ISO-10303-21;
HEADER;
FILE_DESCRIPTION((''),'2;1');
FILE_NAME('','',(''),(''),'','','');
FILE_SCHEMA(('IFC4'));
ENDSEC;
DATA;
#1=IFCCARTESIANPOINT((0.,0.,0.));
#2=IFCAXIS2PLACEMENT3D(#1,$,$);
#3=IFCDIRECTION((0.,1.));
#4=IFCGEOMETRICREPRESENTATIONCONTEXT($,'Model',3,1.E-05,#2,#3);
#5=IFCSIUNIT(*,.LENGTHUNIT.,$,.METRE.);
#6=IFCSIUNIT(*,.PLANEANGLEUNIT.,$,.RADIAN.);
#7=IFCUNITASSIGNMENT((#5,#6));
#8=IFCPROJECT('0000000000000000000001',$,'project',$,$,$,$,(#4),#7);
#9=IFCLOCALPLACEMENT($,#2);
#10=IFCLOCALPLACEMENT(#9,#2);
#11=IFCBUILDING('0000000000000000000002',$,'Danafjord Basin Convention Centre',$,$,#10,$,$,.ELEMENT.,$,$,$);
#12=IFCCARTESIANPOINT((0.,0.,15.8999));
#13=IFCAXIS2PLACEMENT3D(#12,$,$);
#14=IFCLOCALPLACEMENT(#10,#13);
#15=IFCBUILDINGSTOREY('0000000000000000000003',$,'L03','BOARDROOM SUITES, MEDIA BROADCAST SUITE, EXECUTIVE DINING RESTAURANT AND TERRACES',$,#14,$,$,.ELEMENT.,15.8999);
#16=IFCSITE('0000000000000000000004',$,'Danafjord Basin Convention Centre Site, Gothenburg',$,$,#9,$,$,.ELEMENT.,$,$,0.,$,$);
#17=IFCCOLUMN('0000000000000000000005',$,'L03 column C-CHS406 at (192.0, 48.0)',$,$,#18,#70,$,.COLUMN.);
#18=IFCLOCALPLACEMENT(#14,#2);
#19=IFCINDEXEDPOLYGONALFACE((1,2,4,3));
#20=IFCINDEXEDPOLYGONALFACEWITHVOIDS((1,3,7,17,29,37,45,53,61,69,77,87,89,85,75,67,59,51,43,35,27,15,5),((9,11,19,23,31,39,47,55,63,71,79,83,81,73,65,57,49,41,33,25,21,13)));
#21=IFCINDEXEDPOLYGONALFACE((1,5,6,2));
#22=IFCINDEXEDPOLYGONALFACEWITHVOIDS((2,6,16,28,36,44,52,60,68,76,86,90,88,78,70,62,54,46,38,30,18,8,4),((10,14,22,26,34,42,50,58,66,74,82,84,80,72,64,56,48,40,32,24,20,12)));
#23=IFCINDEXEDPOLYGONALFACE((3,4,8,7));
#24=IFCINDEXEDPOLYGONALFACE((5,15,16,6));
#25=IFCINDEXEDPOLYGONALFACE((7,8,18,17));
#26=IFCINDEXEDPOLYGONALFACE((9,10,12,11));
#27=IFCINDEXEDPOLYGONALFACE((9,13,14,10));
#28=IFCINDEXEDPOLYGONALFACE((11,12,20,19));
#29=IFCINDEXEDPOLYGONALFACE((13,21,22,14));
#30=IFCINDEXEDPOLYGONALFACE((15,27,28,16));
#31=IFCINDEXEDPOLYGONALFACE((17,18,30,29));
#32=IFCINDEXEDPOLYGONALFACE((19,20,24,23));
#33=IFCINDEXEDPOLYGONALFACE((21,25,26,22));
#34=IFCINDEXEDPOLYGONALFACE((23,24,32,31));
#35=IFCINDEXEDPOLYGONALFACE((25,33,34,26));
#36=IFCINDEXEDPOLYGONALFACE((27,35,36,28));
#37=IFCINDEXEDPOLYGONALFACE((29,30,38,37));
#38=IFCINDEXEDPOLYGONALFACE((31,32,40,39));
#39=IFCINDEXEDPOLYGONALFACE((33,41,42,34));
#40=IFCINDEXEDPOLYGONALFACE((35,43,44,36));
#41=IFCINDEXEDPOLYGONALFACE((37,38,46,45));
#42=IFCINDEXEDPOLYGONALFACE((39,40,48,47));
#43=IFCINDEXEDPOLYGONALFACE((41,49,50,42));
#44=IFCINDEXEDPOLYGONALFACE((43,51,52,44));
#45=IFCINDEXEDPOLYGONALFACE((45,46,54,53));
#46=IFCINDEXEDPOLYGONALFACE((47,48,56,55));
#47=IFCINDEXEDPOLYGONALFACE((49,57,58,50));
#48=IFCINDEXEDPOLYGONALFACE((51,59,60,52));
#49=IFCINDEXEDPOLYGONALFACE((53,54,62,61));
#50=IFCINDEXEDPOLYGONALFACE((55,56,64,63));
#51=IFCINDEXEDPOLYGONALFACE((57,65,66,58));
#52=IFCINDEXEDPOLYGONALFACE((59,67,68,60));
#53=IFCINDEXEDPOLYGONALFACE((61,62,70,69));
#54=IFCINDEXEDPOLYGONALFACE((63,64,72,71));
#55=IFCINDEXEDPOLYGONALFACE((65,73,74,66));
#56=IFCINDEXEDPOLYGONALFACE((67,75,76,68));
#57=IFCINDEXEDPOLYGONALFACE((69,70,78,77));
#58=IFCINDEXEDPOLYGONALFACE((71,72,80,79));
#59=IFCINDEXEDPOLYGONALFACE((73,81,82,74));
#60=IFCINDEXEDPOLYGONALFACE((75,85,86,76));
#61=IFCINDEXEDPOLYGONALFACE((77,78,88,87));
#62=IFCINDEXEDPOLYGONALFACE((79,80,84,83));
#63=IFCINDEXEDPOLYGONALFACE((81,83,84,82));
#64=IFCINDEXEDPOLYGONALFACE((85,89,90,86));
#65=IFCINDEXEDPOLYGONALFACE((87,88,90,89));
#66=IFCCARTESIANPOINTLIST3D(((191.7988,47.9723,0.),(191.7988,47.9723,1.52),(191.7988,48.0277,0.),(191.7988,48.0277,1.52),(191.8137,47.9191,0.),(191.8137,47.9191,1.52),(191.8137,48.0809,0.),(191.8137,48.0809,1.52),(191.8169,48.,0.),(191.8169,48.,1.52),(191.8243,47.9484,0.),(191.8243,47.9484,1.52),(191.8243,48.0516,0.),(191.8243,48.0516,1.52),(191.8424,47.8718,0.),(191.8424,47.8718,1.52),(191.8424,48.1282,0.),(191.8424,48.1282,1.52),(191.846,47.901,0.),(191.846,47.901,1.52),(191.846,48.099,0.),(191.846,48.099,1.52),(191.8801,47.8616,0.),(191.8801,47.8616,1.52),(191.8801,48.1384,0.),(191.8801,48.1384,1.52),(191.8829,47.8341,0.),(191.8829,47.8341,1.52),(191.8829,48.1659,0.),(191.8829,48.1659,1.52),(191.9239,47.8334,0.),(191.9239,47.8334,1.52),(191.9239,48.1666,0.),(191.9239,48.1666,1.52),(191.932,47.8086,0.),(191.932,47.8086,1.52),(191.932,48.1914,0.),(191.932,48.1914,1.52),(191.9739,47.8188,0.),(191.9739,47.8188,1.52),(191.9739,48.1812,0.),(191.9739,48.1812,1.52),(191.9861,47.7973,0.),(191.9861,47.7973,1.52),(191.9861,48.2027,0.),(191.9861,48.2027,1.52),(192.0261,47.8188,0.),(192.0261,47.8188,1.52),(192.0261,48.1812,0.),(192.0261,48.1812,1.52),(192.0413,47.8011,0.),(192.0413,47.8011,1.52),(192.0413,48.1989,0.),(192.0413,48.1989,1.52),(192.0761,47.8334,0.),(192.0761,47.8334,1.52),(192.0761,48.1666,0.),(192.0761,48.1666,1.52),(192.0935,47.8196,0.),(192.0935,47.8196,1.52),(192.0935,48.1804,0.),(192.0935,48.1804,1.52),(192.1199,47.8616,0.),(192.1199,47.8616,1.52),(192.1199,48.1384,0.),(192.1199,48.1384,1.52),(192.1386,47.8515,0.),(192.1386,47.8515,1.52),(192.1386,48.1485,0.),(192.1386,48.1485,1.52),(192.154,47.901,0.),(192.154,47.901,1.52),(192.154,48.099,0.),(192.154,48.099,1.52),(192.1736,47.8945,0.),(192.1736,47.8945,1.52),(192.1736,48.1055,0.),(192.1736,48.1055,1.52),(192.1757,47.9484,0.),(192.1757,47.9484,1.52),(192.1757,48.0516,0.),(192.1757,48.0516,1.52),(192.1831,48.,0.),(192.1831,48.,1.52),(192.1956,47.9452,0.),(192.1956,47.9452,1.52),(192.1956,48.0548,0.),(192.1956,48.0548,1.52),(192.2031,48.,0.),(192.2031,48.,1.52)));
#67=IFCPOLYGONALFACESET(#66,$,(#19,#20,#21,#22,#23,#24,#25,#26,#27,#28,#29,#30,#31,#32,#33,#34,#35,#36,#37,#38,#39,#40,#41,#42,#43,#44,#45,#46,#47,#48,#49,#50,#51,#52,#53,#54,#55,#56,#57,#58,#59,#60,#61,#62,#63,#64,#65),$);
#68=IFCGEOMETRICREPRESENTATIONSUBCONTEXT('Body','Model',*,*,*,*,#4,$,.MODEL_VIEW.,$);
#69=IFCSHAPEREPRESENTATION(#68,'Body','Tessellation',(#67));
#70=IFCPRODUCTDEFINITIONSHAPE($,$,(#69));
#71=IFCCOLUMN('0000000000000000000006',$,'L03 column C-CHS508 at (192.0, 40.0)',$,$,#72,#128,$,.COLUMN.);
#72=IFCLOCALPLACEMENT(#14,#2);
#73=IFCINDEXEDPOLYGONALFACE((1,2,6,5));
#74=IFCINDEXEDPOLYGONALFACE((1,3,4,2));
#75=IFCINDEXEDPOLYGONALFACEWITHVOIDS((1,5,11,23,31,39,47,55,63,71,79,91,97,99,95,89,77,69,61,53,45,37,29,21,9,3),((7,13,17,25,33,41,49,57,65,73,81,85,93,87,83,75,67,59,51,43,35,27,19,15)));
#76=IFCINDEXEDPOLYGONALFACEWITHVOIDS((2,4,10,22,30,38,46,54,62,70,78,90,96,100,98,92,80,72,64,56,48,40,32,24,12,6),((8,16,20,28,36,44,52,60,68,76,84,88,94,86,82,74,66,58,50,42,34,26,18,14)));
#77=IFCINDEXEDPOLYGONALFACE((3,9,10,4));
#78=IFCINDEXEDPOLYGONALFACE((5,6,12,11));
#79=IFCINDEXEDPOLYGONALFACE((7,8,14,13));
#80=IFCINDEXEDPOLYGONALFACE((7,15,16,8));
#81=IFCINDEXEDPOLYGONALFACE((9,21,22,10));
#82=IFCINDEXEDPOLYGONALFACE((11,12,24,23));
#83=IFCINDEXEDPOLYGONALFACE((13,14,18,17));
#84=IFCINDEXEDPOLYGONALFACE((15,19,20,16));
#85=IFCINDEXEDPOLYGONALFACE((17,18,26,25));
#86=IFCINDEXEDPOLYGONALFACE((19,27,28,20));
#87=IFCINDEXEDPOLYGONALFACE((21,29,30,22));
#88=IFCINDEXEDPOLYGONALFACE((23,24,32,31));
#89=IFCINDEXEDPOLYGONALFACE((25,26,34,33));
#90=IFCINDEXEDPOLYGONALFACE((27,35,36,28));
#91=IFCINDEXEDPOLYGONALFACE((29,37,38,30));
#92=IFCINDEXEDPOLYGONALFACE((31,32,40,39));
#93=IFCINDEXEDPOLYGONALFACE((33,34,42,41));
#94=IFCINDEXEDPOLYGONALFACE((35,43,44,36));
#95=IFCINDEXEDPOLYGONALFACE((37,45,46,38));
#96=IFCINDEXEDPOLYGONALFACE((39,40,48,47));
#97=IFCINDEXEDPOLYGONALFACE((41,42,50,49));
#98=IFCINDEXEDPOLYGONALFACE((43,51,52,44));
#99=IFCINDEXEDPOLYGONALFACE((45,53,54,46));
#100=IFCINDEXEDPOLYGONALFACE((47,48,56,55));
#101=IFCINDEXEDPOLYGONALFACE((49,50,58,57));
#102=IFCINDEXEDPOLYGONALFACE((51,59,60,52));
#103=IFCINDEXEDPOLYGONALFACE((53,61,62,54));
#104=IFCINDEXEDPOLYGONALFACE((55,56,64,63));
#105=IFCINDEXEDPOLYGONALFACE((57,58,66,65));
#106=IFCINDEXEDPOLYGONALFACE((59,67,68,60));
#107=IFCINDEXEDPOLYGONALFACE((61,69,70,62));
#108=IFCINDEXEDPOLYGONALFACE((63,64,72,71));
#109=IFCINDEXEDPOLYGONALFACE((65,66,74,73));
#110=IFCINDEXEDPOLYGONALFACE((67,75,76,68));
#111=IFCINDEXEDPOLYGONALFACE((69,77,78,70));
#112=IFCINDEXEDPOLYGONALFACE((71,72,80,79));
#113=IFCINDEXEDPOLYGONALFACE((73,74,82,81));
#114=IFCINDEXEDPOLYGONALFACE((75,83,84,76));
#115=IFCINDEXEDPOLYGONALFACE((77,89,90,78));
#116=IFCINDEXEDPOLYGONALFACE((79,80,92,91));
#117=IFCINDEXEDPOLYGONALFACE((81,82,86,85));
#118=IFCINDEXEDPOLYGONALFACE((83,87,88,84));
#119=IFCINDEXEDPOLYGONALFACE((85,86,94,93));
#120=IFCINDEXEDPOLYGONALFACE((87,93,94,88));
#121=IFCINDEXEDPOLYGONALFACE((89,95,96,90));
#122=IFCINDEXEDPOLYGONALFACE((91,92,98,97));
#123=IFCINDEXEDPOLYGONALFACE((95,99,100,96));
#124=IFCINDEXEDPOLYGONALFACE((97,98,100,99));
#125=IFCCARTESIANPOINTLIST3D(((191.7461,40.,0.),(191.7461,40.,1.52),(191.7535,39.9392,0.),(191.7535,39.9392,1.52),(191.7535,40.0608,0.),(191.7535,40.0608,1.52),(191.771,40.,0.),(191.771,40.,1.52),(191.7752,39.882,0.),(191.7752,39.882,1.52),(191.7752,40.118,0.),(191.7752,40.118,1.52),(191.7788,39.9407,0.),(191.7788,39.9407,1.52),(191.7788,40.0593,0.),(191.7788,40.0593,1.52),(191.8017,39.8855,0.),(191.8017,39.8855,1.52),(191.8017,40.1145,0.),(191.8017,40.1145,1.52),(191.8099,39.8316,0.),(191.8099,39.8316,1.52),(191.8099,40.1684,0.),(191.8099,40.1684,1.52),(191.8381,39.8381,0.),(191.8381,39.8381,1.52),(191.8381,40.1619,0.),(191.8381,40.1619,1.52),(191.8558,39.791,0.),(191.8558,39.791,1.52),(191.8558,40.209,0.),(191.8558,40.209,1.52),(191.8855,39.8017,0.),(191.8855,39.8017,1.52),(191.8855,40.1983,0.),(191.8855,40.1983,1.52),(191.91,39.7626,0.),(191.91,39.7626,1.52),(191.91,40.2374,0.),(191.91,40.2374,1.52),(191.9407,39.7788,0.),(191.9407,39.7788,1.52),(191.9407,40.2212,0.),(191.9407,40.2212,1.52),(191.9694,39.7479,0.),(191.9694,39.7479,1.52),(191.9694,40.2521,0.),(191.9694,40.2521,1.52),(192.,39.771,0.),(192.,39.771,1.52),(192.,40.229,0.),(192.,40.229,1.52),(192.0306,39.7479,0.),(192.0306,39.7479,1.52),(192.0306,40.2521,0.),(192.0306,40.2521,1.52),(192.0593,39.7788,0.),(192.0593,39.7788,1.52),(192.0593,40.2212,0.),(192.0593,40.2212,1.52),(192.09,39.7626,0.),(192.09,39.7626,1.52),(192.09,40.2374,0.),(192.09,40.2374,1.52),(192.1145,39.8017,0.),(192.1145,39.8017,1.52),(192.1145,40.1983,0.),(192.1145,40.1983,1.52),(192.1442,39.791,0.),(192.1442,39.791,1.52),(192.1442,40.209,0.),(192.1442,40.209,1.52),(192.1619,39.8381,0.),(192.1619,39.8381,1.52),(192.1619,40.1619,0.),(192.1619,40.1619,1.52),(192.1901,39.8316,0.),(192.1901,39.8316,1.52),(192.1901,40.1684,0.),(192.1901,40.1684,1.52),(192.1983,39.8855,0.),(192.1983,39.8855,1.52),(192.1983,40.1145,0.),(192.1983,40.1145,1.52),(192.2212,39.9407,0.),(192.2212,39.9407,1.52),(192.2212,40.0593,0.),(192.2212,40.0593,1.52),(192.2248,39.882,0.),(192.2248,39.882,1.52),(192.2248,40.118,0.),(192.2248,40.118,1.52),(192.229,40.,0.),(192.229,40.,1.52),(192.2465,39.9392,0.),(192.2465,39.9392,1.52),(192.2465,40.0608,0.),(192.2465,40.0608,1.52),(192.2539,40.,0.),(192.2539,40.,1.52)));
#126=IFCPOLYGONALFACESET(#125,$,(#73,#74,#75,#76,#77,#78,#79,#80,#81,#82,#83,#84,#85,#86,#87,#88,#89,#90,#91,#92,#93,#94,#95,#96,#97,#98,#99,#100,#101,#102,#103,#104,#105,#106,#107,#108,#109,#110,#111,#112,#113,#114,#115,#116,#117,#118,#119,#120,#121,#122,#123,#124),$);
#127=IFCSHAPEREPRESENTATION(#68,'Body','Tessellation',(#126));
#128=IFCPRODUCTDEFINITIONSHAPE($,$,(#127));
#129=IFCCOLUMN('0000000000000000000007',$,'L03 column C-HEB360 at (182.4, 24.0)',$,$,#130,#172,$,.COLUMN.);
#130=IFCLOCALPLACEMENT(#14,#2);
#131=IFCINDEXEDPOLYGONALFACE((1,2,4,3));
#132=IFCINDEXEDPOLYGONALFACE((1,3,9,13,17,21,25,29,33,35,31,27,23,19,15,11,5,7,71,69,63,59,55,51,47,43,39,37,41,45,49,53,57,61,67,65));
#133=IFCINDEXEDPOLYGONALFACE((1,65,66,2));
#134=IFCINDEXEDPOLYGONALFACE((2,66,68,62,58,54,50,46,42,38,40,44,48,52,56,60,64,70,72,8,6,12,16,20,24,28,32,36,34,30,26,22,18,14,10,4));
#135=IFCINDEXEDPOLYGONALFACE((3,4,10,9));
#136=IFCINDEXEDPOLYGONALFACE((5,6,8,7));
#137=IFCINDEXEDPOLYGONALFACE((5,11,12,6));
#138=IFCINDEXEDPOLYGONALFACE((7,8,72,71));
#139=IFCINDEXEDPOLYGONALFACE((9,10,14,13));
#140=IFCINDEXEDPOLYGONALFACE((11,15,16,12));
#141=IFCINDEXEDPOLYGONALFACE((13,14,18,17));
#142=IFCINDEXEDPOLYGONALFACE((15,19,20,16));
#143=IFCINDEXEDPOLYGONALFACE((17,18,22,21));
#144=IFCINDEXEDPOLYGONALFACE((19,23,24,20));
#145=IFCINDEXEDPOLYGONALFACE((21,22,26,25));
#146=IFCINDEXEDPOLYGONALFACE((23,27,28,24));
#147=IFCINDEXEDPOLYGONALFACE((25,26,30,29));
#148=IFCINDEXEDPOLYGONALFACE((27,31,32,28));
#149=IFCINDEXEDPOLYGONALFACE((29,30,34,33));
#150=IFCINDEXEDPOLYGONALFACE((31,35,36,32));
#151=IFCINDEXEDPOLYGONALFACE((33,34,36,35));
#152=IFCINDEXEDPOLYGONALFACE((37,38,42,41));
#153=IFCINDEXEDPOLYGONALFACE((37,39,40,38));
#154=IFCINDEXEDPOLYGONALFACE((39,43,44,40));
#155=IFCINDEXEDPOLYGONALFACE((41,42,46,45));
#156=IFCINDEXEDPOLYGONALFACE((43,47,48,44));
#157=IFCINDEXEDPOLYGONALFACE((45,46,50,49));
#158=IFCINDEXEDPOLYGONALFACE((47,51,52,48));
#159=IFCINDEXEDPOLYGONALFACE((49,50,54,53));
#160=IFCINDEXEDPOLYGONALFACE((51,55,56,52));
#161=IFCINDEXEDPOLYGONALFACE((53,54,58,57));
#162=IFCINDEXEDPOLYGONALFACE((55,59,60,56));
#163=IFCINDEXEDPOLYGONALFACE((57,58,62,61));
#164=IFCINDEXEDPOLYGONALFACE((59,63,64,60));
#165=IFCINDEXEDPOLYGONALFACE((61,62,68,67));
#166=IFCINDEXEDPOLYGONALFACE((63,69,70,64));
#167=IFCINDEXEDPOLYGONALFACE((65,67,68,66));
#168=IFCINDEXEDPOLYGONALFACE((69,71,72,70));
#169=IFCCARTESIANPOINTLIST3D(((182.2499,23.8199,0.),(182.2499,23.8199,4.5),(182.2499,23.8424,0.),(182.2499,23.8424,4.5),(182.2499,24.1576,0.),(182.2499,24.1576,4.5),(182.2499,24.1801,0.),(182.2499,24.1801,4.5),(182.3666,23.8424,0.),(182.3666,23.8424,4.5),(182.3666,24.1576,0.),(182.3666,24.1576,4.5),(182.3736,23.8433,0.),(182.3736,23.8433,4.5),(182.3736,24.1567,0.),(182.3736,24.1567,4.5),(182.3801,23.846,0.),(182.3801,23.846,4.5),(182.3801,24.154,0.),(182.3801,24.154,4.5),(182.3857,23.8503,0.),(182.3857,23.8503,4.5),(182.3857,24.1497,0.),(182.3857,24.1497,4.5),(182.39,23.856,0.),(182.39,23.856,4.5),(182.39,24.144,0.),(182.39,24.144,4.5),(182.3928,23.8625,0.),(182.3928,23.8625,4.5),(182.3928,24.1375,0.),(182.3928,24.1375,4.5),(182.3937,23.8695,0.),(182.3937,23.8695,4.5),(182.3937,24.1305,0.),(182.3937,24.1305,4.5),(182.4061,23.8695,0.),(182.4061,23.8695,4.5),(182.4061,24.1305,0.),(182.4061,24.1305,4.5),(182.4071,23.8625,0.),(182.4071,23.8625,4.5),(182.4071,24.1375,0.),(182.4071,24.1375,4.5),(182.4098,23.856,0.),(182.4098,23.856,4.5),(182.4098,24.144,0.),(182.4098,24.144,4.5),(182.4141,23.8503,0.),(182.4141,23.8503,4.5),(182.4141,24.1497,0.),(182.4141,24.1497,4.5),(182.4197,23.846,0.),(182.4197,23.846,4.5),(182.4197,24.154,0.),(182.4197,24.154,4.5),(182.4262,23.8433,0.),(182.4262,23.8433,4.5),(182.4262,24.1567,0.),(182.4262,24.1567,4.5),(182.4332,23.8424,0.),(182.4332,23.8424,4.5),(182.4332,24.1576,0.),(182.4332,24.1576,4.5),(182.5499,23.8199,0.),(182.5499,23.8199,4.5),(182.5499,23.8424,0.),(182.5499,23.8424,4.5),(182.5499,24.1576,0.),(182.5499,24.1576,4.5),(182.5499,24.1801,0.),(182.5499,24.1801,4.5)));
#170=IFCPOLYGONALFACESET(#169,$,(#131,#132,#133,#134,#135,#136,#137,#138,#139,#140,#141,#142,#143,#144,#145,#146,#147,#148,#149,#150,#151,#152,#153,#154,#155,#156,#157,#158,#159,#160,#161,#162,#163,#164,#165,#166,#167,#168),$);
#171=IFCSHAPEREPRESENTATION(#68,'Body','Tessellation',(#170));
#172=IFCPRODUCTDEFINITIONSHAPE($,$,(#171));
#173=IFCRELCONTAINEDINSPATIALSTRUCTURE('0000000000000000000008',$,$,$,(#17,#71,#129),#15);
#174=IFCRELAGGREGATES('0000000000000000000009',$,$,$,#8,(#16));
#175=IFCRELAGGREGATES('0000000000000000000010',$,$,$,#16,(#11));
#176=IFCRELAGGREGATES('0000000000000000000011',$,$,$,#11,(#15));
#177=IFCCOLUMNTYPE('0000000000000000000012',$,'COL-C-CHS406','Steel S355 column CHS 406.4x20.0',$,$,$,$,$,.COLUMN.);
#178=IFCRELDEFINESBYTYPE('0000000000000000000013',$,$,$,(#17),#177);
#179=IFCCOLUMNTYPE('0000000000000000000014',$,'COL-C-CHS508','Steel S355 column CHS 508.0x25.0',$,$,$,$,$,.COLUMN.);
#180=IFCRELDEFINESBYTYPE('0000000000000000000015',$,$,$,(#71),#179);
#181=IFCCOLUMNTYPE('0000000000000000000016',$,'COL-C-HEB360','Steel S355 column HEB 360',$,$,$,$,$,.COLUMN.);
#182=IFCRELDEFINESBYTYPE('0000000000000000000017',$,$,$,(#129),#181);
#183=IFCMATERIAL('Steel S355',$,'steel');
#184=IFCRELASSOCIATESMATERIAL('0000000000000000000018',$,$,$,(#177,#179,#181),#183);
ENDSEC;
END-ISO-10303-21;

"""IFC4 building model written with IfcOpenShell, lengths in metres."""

from ifc_helpers import new_model, si_unit, direction, frame, origin, origin_2d, place, context, subcontext, project, spatial, hollow_circle, i_section, extrude, material, material_profile, profile_set, type_object, element, save


model = new_model("IFC4")

# Units and contexts
model_context = context("Model", 3, precision=1e-05, world=origin(), true_north=direction((0.0, 1.0)))
body_context = subcontext(model_context, "Body", "Model", "MODEL_VIEW")
ifc_project = project(units=[si_unit("LENGTHUNIT", "METRE"), si_unit("PLANEANGLEUNIT", "RADIAN")], contexts=[model_context])

# Site, building, storey
site_placement = place(None, origin())
site = spatial("IfcSite", under=ifc_project, at=site_placement, Name="Danafjord Basin Convention Centre Site, Gothenburg", CompositionType="ELEMENT", RefElevation=0.0)
building_placement = place(site_placement, origin())
building = spatial("IfcBuilding", under=site, at=building_placement, Name="Danafjord Basin Convention Centre", CompositionType="ELEMENT")
storey_placement = place(building_placement, frame((0.0, 0.0, 15.8999)))
storey = spatial("IfcBuildingStorey", under=building, at=storey_placement, Name="L03", Description="BOARDROOM SUITES, MEDIA BROADCAST SUITE, EXECUTIVE DINING RESTAURANT AND TERRACES", CompositionType="ELEMENT", Elevation=15.8999)

# Columns
ifc_material_1 = material(Name="Steel S355", Category="steel")
ifc_material_profile_1 = material_profile(ifc_material_1, hollow_circle(Radius=0.2031, WallThickness=0.02, at=origin_2d()), Name="CHS 406.4x20.0")
ifc_profile_set_1 = profile_set([ifc_material_profile_1], Name="Steel S355")
column_type_1 = type_object("IfcColumnType", Name="COL-C-CHS406", Description="Steel S355 column CHS 406.4x20.0", PredefinedType="COLUMN", material=ifc_profile_set_1)
column_1_placement = place(storey_placement, frame((192.0, 48.0, 0.0), z_axis=(0.0, 0.0, 1.0), x_axis=(1.0, 0.0, 0.0)))
element("IfcColumn", 1, at=column_1_placement, inside=storey, type_object=column_type_1, Name="L03 column C-CHS406 at (192.0, 48.0)", PredefinedType="COLUMN", context=body_context, shape_type="SweptSolid", body=[
    extrude(hollow_circle(Radius=0.2031, WallThickness=0.02, at=origin_2d()), origin(), (0.0, 0.0, 1.0), 1.52),
])
ifc_material_profile_2 = material_profile(ifc_material_1, hollow_circle(Radius=0.2539, WallThickness=0.0249, at=origin_2d()), Name="CHS 508.0x25.0")
ifc_profile_set_2 = profile_set([ifc_material_profile_2], Name="Steel S355")
column_type_2 = type_object("IfcColumnType", Name="COL-C-CHS508", Description="Steel S355 column CHS 508.0x25.0", PredefinedType="COLUMN", material=ifc_profile_set_2)
column_2_placement = place(storey_placement, frame((192.0, 40.0, 0.0), z_axis=(0.0, 0.0, 1.0), x_axis=(1.0, 0.0, 0.0)))
element("IfcColumn", 2, at=column_2_placement, inside=storey, type_object=column_type_2, Name="L03 column C-CHS508 at (192.0, 40.0)", PredefinedType="COLUMN", context=body_context, shape_type="SweptSolid", body=[
    extrude(hollow_circle(Radius=0.2539, WallThickness=0.0249, at=origin_2d()), origin(), (0.0, 0.0, 1.0), 1.52),
])
ifc_material_profile_3 = material_profile(ifc_material_1, i_section(OverallWidth=0.3, OverallDepth=0.3601, WebThickness=0.0125, FlangeThickness=0.0225, FilletRadius=0.0271, at=origin_2d()), Name="HEB 360")
ifc_profile_set_3 = profile_set([ifc_material_profile_3], Name="Steel S355")
column_type_3 = type_object("IfcColumnType", Name="COL-C-HEB360", Description="Steel S355 column HEB 360", PredefinedType="COLUMN", material=ifc_profile_set_3)
for number, where, z_axis, x_axis, name in (
    (3, (182.3999, 24.0, 0.0), (0.0, 0.0, 1.0), (1.0, 0.0, 0.0), "L03 column C-HEB360 at (182.4, 24.0)"),
):
    element("IfcColumn", number, at=place(storey_placement, frame(where, z_axis=z_axis, x_axis=x_axis)), inside=storey, type_object=column_type_3, Name=name, PredefinedType="COLUMN", context=body_context, shape_type="SweptSolid", body=[
        extrude(i_section(OverallWidth=0.3, OverallDepth=0.3601, WebThickness=0.0125, FlangeThickness=0.0225, FilletRadius=0.0271, at=origin_2d()), origin(), (0.0, 0.0, 1.0), 4.5),
    ])

save(model, "model.ifc")
